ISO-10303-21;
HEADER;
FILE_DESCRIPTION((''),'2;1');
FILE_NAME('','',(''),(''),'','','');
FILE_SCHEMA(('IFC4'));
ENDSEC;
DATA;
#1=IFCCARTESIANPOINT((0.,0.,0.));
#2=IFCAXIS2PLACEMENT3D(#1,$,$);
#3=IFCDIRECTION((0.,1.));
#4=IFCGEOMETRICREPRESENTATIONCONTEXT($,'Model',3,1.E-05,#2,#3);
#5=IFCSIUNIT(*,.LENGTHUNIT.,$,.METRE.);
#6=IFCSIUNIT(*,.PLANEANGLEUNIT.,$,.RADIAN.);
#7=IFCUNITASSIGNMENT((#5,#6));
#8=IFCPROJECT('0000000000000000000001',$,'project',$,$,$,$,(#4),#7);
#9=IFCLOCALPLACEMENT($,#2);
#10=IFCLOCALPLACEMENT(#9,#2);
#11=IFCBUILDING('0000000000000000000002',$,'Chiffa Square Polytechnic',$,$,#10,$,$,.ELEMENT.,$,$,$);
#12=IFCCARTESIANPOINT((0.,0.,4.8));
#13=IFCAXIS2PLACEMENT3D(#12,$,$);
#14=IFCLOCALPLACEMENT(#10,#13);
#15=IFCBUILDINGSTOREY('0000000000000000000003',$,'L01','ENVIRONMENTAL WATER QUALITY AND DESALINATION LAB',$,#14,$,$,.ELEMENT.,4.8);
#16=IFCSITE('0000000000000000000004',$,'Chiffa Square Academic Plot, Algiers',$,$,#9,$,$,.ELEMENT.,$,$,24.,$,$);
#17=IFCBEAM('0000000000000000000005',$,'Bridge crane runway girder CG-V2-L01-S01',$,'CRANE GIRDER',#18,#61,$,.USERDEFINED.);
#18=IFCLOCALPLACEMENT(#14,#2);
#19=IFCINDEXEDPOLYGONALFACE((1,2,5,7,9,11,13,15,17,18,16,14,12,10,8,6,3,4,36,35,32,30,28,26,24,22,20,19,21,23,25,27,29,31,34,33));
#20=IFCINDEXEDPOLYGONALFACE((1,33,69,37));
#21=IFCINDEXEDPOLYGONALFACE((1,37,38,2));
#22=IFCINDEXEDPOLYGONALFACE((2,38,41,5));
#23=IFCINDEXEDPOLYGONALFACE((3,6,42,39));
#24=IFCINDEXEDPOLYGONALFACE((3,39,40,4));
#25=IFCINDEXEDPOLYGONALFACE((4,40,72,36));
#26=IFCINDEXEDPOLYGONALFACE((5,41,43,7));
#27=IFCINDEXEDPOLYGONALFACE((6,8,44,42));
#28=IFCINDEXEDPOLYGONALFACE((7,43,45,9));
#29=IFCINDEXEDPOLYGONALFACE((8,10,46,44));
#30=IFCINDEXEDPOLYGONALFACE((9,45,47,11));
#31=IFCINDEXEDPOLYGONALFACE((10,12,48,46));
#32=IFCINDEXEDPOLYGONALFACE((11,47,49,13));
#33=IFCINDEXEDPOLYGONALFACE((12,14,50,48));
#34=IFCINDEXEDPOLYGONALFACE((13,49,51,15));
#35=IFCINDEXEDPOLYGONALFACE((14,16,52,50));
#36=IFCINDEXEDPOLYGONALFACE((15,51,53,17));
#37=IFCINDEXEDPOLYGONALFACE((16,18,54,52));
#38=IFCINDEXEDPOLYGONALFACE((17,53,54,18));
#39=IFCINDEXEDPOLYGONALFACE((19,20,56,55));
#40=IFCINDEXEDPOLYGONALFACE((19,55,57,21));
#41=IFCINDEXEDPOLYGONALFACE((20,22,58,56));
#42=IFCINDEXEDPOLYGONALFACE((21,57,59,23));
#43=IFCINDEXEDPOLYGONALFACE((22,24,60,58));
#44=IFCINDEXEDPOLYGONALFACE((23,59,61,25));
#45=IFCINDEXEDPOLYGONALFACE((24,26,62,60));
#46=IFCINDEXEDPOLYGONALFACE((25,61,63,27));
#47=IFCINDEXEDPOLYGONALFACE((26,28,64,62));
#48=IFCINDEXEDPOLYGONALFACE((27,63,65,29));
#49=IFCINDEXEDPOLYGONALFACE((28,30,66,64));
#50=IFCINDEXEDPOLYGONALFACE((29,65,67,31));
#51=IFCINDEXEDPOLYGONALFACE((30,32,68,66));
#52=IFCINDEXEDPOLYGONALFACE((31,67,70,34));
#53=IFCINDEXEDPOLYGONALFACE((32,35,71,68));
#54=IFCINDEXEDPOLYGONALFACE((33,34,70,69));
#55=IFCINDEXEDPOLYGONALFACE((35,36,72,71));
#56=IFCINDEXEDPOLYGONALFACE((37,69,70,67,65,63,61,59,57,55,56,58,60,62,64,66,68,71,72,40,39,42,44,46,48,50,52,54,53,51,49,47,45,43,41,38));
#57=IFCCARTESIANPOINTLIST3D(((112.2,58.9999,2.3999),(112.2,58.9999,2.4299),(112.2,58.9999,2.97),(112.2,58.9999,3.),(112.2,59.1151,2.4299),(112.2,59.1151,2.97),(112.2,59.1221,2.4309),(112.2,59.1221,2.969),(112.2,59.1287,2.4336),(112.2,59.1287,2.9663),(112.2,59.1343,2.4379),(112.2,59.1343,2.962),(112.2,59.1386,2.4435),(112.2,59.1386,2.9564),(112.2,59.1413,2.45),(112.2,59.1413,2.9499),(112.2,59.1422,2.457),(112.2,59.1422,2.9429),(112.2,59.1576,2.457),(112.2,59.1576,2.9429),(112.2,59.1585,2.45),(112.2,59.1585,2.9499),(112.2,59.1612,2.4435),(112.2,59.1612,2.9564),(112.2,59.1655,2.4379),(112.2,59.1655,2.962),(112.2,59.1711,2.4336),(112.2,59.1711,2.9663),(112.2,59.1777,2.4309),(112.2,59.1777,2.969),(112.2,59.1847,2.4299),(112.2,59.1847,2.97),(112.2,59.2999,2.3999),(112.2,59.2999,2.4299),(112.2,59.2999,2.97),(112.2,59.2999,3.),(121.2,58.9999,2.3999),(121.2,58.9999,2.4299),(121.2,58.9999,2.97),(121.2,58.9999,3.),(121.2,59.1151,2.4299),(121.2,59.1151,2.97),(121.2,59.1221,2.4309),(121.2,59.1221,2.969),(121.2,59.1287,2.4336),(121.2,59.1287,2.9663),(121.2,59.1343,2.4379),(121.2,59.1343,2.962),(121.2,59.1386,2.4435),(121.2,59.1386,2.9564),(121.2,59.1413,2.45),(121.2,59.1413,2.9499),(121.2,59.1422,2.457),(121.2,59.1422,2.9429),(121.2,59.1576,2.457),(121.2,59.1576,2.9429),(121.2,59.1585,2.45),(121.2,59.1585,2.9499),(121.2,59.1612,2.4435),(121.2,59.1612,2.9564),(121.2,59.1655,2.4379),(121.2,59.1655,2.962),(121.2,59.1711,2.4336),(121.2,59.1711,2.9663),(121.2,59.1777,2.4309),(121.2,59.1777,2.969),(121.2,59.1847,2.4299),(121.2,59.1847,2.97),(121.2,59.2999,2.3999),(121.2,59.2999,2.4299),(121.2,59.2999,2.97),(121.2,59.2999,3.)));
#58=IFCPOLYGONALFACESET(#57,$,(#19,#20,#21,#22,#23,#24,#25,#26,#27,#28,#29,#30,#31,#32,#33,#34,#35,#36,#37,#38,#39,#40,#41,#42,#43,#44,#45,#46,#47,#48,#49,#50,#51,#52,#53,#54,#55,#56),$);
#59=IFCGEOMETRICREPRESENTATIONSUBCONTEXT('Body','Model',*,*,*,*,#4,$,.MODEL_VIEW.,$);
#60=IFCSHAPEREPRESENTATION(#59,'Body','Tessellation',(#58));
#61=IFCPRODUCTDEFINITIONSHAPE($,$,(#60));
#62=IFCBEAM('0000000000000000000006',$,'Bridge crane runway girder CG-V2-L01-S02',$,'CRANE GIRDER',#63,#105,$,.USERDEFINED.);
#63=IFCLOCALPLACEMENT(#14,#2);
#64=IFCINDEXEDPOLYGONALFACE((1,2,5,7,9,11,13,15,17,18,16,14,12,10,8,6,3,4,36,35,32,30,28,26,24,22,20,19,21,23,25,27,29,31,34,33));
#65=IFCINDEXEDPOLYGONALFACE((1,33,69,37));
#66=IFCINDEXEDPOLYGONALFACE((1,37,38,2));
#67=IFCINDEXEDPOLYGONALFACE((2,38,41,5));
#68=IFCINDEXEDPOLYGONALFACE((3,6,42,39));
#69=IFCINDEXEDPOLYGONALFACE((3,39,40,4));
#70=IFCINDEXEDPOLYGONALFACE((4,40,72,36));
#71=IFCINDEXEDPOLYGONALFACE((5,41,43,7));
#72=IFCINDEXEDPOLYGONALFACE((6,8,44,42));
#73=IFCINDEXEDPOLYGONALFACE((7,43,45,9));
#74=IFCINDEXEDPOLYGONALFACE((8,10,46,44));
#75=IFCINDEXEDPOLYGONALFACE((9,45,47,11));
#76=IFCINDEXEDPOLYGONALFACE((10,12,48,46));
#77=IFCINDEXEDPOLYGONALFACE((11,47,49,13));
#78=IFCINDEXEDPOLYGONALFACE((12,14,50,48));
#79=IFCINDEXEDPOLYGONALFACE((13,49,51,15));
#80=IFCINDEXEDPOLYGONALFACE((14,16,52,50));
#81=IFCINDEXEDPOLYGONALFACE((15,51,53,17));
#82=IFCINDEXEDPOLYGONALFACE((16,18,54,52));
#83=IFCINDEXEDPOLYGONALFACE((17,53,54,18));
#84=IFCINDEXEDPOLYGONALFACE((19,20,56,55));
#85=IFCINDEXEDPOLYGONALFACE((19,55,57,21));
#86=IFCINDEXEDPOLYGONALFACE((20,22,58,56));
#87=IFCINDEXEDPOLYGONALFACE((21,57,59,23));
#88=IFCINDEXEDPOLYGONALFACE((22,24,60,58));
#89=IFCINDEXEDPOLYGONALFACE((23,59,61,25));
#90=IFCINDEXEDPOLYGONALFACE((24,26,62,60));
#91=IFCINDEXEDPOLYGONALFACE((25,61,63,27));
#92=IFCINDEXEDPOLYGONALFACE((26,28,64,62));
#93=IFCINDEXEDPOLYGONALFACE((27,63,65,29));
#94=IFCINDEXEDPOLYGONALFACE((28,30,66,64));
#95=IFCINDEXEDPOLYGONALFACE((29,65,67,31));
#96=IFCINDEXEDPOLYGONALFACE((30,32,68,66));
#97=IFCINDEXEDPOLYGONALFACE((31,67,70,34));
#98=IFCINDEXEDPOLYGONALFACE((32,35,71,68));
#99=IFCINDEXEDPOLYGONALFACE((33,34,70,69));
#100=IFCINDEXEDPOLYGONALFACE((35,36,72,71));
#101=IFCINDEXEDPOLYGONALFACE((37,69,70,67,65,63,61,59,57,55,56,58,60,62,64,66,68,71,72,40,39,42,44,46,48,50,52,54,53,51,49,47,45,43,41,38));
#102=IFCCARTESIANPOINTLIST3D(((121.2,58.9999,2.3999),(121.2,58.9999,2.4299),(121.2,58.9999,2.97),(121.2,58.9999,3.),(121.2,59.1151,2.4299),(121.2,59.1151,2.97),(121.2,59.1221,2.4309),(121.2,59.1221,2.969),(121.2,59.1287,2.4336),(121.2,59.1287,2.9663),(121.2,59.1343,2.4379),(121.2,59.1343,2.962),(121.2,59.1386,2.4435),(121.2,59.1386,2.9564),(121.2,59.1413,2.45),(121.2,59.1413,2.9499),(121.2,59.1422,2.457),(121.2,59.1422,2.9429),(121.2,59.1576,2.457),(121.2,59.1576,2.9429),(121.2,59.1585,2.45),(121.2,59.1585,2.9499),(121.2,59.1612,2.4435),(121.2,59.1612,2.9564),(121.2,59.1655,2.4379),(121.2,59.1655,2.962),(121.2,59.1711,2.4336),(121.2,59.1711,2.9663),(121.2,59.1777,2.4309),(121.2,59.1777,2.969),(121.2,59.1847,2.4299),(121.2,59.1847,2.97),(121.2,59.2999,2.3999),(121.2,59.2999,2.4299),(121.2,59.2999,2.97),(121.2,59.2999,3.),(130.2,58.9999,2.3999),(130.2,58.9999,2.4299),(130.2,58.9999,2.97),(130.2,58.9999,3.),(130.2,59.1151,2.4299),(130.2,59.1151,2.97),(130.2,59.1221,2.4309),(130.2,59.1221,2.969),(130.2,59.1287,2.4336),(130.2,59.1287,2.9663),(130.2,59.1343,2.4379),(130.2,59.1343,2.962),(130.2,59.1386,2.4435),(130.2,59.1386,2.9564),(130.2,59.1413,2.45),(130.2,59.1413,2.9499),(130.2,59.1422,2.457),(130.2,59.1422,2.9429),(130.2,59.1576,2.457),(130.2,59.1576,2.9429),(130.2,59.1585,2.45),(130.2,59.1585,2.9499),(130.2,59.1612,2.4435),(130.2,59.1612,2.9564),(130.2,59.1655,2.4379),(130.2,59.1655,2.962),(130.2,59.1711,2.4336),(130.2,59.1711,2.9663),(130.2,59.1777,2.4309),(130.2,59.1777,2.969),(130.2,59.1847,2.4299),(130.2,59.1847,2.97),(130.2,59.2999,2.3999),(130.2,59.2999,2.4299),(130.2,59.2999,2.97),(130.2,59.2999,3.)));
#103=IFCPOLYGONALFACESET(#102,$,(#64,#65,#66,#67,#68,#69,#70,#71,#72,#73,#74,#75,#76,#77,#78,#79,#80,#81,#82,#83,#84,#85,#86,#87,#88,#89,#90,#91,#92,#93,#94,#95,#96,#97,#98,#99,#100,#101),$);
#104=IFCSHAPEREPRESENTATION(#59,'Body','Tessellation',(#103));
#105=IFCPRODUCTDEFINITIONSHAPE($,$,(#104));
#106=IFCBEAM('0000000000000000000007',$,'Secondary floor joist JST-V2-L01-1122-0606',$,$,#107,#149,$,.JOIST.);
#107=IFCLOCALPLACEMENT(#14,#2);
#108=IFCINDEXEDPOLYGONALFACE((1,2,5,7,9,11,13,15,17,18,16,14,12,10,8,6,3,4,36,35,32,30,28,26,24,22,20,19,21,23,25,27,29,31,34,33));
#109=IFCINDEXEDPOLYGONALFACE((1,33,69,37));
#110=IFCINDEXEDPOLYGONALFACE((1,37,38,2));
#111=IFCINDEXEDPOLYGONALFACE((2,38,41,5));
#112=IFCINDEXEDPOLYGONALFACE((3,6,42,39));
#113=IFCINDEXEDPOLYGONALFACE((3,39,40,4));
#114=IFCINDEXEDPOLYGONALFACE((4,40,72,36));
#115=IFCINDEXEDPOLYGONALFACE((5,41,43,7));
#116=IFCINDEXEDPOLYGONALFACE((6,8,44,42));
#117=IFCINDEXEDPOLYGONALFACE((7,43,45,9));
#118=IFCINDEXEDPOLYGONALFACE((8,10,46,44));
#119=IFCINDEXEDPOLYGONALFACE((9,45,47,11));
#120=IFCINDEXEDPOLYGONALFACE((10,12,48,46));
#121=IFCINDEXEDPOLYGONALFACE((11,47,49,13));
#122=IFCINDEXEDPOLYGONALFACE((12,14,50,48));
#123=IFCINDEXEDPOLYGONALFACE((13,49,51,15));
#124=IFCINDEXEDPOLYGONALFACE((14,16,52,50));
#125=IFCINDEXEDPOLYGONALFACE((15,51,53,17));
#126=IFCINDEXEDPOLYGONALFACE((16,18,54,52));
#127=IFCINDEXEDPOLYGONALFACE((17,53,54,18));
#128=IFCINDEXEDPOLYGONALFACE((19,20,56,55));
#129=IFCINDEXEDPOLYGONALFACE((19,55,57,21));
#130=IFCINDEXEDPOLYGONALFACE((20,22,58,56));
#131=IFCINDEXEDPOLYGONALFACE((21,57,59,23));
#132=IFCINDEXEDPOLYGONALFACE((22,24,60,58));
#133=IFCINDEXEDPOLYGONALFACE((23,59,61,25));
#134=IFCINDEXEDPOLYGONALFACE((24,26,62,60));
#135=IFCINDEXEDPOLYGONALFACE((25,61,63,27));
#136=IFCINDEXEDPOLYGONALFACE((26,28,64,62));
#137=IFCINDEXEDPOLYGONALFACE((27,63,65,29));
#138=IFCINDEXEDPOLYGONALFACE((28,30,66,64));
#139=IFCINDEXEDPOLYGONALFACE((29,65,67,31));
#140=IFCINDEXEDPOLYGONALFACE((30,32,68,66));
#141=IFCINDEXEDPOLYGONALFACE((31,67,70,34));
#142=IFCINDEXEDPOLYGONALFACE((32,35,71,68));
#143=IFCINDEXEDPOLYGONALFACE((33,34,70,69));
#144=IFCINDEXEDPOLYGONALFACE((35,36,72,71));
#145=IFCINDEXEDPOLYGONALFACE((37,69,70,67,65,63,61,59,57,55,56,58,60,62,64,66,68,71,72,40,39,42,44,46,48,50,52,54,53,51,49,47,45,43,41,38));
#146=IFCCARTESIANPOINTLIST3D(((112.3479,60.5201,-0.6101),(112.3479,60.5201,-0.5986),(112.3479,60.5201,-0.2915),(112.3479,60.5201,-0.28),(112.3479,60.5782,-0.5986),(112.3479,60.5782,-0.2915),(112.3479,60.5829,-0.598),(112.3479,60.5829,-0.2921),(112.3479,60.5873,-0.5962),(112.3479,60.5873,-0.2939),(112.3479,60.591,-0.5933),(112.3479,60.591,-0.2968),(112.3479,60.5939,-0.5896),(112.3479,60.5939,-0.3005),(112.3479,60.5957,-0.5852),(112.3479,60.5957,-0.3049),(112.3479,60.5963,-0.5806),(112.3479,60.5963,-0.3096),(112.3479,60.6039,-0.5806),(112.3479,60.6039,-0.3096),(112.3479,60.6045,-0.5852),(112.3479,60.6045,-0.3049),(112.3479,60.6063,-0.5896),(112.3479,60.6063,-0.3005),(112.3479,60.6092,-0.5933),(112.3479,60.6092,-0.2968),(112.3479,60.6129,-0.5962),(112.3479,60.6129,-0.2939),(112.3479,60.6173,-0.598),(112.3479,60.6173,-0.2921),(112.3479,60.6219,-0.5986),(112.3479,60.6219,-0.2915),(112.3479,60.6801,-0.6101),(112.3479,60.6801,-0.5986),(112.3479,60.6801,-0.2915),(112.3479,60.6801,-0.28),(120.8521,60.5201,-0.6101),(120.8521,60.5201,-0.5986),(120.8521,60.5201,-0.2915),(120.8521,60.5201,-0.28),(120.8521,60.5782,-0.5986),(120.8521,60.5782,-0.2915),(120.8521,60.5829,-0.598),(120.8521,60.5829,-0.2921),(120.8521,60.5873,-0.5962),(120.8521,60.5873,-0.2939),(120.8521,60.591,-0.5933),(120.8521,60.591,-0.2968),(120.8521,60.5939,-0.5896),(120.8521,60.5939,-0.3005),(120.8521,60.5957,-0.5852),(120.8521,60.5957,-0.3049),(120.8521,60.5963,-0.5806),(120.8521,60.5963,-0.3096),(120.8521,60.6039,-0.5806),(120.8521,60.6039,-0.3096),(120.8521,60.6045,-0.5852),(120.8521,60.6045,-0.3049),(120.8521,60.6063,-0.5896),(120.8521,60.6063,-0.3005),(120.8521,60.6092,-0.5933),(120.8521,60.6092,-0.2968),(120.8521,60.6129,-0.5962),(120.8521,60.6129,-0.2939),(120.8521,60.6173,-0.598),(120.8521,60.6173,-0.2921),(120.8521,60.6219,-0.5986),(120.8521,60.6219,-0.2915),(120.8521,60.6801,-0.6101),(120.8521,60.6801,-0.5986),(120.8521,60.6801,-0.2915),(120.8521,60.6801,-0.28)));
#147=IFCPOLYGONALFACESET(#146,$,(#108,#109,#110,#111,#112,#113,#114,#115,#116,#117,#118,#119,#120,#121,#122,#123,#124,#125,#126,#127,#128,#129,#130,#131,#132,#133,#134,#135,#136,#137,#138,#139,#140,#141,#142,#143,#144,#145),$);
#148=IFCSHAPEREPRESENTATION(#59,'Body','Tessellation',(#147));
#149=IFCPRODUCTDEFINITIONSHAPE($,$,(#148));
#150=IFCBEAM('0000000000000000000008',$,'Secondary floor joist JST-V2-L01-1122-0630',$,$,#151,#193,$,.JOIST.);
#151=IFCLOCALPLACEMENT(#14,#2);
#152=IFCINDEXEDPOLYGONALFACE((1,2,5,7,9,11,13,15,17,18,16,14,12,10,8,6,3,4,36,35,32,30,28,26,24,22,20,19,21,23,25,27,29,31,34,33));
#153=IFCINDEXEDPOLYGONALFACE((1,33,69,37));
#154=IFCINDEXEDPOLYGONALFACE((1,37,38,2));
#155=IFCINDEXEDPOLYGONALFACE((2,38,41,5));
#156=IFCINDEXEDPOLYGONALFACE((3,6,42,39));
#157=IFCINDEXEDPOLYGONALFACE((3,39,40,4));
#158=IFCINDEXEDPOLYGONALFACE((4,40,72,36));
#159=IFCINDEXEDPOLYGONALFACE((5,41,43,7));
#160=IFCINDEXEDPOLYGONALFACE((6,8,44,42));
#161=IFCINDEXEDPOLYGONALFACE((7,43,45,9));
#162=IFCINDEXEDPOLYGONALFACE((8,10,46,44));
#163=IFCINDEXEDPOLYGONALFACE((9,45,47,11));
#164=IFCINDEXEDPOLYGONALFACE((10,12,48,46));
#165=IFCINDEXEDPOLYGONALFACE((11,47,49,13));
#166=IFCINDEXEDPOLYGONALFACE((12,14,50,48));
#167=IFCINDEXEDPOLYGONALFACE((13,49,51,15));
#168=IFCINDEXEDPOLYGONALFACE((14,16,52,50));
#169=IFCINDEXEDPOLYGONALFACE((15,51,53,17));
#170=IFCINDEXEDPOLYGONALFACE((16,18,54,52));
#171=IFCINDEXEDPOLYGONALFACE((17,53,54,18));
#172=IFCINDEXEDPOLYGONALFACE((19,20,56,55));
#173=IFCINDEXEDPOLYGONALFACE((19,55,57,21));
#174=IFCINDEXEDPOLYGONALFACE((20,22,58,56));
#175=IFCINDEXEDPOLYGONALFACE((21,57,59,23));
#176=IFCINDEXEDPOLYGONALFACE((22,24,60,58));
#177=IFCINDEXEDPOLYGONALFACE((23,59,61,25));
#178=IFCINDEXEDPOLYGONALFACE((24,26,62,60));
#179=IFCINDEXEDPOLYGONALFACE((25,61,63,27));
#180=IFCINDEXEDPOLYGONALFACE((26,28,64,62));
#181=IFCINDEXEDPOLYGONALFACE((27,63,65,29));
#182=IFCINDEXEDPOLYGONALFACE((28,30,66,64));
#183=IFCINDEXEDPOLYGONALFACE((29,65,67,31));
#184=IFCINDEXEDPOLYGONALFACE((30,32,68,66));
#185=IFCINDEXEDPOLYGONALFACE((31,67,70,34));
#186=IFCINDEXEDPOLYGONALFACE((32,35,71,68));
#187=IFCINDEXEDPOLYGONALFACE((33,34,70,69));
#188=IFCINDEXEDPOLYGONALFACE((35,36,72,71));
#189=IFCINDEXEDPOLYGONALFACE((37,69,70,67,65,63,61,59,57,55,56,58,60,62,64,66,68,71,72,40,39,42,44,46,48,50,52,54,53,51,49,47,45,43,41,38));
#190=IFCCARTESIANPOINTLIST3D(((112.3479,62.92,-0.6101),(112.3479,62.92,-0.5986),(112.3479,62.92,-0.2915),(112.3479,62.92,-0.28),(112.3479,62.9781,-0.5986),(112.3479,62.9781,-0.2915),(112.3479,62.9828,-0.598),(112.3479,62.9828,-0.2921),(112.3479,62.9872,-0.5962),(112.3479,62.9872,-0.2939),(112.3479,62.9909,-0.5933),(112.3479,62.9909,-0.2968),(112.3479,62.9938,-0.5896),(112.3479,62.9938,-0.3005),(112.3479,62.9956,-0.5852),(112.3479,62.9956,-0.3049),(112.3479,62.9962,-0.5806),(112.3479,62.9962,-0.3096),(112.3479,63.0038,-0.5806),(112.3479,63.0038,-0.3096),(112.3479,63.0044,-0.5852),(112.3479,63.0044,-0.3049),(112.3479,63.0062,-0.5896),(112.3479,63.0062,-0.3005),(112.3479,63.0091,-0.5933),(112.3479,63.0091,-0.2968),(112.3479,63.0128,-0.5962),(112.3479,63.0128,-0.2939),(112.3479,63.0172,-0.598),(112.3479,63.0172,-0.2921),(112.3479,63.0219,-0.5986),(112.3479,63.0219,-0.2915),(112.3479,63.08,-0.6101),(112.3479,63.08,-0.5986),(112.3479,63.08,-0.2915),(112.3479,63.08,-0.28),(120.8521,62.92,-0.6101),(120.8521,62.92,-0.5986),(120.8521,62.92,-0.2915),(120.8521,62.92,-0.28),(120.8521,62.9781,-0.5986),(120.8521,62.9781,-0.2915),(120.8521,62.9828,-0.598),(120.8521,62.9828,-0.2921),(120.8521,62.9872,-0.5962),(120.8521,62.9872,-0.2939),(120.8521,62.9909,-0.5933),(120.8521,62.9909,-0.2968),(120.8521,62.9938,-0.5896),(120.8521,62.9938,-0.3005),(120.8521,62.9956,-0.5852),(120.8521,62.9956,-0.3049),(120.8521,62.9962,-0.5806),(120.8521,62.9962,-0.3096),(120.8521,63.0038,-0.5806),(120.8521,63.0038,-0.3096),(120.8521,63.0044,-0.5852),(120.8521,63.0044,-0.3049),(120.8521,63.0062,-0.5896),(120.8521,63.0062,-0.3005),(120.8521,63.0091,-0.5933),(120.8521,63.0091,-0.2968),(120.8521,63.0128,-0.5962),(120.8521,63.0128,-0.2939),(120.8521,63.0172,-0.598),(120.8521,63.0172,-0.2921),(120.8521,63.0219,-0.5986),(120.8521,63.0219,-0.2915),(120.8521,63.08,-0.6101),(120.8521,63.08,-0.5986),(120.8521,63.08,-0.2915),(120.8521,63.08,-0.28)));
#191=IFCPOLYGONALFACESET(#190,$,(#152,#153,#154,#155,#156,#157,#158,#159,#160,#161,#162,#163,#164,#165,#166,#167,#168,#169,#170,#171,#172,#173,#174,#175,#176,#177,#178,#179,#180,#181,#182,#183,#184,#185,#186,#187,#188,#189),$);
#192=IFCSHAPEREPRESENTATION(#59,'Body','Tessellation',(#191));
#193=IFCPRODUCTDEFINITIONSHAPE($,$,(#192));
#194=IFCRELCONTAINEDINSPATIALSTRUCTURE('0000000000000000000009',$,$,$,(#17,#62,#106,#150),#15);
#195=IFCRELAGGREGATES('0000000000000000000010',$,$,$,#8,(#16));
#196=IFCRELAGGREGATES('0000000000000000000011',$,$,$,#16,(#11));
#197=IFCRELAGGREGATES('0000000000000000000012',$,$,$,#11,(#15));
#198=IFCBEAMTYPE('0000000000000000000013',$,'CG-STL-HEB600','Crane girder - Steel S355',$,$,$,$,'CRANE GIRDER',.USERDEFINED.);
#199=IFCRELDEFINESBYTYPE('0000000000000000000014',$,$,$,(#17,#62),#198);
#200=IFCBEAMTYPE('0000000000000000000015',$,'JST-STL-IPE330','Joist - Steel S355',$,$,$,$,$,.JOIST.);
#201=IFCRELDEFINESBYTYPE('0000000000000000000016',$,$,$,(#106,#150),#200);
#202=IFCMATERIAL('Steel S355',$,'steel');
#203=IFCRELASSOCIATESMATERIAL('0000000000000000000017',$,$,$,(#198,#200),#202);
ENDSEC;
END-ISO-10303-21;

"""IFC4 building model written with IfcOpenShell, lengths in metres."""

from ifc_helpers import new_model, si_unit, direction, frame, origin, origin_2d, place, context, subcontext, project, spatial, i_section, extrude, material, material_profile, profile_set, type_object, element, save


model = new_model("IFC4")

# Units and contexts
model_context = context("Model", 3, precision=1e-05, world=origin(), true_north=direction((0.0, 1.0)))
body_context = subcontext(model_context, "Body", "Model", "MODEL_VIEW")
ifc_project = project(units=[si_unit("LENGTHUNIT", "METRE"), si_unit("PLANEANGLEUNIT", "RADIAN")], contexts=[model_context])

# Site, building, storey
site_placement = place(None, origin())
site = spatial("IfcSite", under=ifc_project, at=site_placement, Name="Chiffa Square Academic Plot, Algiers", CompositionType="ELEMENT", RefElevation=24.0)
building_placement = place(site_placement, origin())
building = spatial("IfcBuilding", under=site, at=building_placement, Name="Chiffa Square Polytechnic", CompositionType="ELEMENT")
storey_placement = place(building_placement, frame((0.0, 0.0, 4.8)))
storey = spatial("IfcBuildingStorey", under=building, at=storey_placement, Name="L01", Description="ENVIRONMENTAL WATER QUALITY AND DESALINATION LAB", CompositionType="ELEMENT", Elevation=4.8)

# Shared definitions
ifc_material_1 = material(Name="Steel S355", Category="steel")

# Beams
ifc_material_profile_1 = material_profile(ifc_material_1, i_section(OverallWidth=0.3, OverallDepth=0.6001, WebThickness=0.0154, FlangeThickness=0.03, FilletRadius=0.0271, at=origin_2d()), Name="HEB 600")
ifc_profile_set_1 = profile_set([ifc_material_profile_1], Name="Steel S355")
beam_type_1 = type_object("IfcBeamType", Name="CG-STL-HEB600", Description="Crane girder - Steel S355", ElementType="CRANE GIRDER", PredefinedType="USERDEFINED", material=ifc_profile_set_1)
for number, where, z_axis, x_axis, name in (
    (1, (112.2, 59.1499, 2.7), (1.0, 0.0, 0.0), (0.0, 1.0, 0.0), "Bridge crane runway girder CG-V2-L01-S01"),
    (2, (121.2, 59.1499, 2.7), (1.0, 0.0, 0.0), (0.0, 1.0, 0.0), "Bridge crane runway girder CG-V2-L01-S02"),
):
    element("IfcBeam", number, at=place(storey_placement, frame(where, z_axis=z_axis, x_axis=x_axis)), inside=storey, type_object=beam_type_1, Name=name, ObjectType="CRANE GIRDER", PredefinedType="USERDEFINED", context=body_context, shape_type="SweptSolid", body=[
        extrude(i_section(OverallWidth=0.3, OverallDepth=0.6001, WebThickness=0.0154, FlangeThickness=0.03, FilletRadius=0.0271, at=origin_2d()), origin(), (0.0, 0.0, 1.0), 9.0),
    ])
ifc_material_profile_2 = material_profile(ifc_material_1, i_section(OverallWidth=0.1599, OverallDepth=0.3301, WebThickness=0.0076, FlangeThickness=0.0115, FilletRadius=0.0181, at=origin_2d()), Name="IPE 330")
ifc_profile_set_2 = profile_set([ifc_material_profile_2], Name="Steel S355")
beam_type_2 = type_object("IfcBeamType", Name="JST-STL-IPE330", Description="Joist - Steel S355", PredefinedType="JOIST", material=ifc_profile_set_2)
for number, where, z_axis, x_axis, name in (
    (3, (112.3479, 60.6001, -0.4451), (1.0, 0.0, 0.0), (0.0, 1.0, 0.0), "Secondary floor joist JST-V2-L01-1122-0606"),
    (4, (112.3479, 63.0, -0.4451), (1.0, 0.0, 0.0), (0.0, 1.0, 0.0), "Secondary floor joist JST-V2-L01-1122-0630"),
):
    element("IfcBeam", number, at=place(storey_placement, frame(where, z_axis=z_axis, x_axis=x_axis)), inside=storey, type_object=beam_type_2, Name=name, PredefinedType="JOIST", context=body_context, shape_type="SweptSolid", body=[
        extrude(i_section(OverallWidth=0.1599, OverallDepth=0.3301, WebThickness=0.0076, FlangeThickness=0.0115, FilletRadius=0.0181, at=origin_2d()), origin(), (0.0, 0.0, 1.0), 8.5042),
    ])

save(model, "model.ifc")
